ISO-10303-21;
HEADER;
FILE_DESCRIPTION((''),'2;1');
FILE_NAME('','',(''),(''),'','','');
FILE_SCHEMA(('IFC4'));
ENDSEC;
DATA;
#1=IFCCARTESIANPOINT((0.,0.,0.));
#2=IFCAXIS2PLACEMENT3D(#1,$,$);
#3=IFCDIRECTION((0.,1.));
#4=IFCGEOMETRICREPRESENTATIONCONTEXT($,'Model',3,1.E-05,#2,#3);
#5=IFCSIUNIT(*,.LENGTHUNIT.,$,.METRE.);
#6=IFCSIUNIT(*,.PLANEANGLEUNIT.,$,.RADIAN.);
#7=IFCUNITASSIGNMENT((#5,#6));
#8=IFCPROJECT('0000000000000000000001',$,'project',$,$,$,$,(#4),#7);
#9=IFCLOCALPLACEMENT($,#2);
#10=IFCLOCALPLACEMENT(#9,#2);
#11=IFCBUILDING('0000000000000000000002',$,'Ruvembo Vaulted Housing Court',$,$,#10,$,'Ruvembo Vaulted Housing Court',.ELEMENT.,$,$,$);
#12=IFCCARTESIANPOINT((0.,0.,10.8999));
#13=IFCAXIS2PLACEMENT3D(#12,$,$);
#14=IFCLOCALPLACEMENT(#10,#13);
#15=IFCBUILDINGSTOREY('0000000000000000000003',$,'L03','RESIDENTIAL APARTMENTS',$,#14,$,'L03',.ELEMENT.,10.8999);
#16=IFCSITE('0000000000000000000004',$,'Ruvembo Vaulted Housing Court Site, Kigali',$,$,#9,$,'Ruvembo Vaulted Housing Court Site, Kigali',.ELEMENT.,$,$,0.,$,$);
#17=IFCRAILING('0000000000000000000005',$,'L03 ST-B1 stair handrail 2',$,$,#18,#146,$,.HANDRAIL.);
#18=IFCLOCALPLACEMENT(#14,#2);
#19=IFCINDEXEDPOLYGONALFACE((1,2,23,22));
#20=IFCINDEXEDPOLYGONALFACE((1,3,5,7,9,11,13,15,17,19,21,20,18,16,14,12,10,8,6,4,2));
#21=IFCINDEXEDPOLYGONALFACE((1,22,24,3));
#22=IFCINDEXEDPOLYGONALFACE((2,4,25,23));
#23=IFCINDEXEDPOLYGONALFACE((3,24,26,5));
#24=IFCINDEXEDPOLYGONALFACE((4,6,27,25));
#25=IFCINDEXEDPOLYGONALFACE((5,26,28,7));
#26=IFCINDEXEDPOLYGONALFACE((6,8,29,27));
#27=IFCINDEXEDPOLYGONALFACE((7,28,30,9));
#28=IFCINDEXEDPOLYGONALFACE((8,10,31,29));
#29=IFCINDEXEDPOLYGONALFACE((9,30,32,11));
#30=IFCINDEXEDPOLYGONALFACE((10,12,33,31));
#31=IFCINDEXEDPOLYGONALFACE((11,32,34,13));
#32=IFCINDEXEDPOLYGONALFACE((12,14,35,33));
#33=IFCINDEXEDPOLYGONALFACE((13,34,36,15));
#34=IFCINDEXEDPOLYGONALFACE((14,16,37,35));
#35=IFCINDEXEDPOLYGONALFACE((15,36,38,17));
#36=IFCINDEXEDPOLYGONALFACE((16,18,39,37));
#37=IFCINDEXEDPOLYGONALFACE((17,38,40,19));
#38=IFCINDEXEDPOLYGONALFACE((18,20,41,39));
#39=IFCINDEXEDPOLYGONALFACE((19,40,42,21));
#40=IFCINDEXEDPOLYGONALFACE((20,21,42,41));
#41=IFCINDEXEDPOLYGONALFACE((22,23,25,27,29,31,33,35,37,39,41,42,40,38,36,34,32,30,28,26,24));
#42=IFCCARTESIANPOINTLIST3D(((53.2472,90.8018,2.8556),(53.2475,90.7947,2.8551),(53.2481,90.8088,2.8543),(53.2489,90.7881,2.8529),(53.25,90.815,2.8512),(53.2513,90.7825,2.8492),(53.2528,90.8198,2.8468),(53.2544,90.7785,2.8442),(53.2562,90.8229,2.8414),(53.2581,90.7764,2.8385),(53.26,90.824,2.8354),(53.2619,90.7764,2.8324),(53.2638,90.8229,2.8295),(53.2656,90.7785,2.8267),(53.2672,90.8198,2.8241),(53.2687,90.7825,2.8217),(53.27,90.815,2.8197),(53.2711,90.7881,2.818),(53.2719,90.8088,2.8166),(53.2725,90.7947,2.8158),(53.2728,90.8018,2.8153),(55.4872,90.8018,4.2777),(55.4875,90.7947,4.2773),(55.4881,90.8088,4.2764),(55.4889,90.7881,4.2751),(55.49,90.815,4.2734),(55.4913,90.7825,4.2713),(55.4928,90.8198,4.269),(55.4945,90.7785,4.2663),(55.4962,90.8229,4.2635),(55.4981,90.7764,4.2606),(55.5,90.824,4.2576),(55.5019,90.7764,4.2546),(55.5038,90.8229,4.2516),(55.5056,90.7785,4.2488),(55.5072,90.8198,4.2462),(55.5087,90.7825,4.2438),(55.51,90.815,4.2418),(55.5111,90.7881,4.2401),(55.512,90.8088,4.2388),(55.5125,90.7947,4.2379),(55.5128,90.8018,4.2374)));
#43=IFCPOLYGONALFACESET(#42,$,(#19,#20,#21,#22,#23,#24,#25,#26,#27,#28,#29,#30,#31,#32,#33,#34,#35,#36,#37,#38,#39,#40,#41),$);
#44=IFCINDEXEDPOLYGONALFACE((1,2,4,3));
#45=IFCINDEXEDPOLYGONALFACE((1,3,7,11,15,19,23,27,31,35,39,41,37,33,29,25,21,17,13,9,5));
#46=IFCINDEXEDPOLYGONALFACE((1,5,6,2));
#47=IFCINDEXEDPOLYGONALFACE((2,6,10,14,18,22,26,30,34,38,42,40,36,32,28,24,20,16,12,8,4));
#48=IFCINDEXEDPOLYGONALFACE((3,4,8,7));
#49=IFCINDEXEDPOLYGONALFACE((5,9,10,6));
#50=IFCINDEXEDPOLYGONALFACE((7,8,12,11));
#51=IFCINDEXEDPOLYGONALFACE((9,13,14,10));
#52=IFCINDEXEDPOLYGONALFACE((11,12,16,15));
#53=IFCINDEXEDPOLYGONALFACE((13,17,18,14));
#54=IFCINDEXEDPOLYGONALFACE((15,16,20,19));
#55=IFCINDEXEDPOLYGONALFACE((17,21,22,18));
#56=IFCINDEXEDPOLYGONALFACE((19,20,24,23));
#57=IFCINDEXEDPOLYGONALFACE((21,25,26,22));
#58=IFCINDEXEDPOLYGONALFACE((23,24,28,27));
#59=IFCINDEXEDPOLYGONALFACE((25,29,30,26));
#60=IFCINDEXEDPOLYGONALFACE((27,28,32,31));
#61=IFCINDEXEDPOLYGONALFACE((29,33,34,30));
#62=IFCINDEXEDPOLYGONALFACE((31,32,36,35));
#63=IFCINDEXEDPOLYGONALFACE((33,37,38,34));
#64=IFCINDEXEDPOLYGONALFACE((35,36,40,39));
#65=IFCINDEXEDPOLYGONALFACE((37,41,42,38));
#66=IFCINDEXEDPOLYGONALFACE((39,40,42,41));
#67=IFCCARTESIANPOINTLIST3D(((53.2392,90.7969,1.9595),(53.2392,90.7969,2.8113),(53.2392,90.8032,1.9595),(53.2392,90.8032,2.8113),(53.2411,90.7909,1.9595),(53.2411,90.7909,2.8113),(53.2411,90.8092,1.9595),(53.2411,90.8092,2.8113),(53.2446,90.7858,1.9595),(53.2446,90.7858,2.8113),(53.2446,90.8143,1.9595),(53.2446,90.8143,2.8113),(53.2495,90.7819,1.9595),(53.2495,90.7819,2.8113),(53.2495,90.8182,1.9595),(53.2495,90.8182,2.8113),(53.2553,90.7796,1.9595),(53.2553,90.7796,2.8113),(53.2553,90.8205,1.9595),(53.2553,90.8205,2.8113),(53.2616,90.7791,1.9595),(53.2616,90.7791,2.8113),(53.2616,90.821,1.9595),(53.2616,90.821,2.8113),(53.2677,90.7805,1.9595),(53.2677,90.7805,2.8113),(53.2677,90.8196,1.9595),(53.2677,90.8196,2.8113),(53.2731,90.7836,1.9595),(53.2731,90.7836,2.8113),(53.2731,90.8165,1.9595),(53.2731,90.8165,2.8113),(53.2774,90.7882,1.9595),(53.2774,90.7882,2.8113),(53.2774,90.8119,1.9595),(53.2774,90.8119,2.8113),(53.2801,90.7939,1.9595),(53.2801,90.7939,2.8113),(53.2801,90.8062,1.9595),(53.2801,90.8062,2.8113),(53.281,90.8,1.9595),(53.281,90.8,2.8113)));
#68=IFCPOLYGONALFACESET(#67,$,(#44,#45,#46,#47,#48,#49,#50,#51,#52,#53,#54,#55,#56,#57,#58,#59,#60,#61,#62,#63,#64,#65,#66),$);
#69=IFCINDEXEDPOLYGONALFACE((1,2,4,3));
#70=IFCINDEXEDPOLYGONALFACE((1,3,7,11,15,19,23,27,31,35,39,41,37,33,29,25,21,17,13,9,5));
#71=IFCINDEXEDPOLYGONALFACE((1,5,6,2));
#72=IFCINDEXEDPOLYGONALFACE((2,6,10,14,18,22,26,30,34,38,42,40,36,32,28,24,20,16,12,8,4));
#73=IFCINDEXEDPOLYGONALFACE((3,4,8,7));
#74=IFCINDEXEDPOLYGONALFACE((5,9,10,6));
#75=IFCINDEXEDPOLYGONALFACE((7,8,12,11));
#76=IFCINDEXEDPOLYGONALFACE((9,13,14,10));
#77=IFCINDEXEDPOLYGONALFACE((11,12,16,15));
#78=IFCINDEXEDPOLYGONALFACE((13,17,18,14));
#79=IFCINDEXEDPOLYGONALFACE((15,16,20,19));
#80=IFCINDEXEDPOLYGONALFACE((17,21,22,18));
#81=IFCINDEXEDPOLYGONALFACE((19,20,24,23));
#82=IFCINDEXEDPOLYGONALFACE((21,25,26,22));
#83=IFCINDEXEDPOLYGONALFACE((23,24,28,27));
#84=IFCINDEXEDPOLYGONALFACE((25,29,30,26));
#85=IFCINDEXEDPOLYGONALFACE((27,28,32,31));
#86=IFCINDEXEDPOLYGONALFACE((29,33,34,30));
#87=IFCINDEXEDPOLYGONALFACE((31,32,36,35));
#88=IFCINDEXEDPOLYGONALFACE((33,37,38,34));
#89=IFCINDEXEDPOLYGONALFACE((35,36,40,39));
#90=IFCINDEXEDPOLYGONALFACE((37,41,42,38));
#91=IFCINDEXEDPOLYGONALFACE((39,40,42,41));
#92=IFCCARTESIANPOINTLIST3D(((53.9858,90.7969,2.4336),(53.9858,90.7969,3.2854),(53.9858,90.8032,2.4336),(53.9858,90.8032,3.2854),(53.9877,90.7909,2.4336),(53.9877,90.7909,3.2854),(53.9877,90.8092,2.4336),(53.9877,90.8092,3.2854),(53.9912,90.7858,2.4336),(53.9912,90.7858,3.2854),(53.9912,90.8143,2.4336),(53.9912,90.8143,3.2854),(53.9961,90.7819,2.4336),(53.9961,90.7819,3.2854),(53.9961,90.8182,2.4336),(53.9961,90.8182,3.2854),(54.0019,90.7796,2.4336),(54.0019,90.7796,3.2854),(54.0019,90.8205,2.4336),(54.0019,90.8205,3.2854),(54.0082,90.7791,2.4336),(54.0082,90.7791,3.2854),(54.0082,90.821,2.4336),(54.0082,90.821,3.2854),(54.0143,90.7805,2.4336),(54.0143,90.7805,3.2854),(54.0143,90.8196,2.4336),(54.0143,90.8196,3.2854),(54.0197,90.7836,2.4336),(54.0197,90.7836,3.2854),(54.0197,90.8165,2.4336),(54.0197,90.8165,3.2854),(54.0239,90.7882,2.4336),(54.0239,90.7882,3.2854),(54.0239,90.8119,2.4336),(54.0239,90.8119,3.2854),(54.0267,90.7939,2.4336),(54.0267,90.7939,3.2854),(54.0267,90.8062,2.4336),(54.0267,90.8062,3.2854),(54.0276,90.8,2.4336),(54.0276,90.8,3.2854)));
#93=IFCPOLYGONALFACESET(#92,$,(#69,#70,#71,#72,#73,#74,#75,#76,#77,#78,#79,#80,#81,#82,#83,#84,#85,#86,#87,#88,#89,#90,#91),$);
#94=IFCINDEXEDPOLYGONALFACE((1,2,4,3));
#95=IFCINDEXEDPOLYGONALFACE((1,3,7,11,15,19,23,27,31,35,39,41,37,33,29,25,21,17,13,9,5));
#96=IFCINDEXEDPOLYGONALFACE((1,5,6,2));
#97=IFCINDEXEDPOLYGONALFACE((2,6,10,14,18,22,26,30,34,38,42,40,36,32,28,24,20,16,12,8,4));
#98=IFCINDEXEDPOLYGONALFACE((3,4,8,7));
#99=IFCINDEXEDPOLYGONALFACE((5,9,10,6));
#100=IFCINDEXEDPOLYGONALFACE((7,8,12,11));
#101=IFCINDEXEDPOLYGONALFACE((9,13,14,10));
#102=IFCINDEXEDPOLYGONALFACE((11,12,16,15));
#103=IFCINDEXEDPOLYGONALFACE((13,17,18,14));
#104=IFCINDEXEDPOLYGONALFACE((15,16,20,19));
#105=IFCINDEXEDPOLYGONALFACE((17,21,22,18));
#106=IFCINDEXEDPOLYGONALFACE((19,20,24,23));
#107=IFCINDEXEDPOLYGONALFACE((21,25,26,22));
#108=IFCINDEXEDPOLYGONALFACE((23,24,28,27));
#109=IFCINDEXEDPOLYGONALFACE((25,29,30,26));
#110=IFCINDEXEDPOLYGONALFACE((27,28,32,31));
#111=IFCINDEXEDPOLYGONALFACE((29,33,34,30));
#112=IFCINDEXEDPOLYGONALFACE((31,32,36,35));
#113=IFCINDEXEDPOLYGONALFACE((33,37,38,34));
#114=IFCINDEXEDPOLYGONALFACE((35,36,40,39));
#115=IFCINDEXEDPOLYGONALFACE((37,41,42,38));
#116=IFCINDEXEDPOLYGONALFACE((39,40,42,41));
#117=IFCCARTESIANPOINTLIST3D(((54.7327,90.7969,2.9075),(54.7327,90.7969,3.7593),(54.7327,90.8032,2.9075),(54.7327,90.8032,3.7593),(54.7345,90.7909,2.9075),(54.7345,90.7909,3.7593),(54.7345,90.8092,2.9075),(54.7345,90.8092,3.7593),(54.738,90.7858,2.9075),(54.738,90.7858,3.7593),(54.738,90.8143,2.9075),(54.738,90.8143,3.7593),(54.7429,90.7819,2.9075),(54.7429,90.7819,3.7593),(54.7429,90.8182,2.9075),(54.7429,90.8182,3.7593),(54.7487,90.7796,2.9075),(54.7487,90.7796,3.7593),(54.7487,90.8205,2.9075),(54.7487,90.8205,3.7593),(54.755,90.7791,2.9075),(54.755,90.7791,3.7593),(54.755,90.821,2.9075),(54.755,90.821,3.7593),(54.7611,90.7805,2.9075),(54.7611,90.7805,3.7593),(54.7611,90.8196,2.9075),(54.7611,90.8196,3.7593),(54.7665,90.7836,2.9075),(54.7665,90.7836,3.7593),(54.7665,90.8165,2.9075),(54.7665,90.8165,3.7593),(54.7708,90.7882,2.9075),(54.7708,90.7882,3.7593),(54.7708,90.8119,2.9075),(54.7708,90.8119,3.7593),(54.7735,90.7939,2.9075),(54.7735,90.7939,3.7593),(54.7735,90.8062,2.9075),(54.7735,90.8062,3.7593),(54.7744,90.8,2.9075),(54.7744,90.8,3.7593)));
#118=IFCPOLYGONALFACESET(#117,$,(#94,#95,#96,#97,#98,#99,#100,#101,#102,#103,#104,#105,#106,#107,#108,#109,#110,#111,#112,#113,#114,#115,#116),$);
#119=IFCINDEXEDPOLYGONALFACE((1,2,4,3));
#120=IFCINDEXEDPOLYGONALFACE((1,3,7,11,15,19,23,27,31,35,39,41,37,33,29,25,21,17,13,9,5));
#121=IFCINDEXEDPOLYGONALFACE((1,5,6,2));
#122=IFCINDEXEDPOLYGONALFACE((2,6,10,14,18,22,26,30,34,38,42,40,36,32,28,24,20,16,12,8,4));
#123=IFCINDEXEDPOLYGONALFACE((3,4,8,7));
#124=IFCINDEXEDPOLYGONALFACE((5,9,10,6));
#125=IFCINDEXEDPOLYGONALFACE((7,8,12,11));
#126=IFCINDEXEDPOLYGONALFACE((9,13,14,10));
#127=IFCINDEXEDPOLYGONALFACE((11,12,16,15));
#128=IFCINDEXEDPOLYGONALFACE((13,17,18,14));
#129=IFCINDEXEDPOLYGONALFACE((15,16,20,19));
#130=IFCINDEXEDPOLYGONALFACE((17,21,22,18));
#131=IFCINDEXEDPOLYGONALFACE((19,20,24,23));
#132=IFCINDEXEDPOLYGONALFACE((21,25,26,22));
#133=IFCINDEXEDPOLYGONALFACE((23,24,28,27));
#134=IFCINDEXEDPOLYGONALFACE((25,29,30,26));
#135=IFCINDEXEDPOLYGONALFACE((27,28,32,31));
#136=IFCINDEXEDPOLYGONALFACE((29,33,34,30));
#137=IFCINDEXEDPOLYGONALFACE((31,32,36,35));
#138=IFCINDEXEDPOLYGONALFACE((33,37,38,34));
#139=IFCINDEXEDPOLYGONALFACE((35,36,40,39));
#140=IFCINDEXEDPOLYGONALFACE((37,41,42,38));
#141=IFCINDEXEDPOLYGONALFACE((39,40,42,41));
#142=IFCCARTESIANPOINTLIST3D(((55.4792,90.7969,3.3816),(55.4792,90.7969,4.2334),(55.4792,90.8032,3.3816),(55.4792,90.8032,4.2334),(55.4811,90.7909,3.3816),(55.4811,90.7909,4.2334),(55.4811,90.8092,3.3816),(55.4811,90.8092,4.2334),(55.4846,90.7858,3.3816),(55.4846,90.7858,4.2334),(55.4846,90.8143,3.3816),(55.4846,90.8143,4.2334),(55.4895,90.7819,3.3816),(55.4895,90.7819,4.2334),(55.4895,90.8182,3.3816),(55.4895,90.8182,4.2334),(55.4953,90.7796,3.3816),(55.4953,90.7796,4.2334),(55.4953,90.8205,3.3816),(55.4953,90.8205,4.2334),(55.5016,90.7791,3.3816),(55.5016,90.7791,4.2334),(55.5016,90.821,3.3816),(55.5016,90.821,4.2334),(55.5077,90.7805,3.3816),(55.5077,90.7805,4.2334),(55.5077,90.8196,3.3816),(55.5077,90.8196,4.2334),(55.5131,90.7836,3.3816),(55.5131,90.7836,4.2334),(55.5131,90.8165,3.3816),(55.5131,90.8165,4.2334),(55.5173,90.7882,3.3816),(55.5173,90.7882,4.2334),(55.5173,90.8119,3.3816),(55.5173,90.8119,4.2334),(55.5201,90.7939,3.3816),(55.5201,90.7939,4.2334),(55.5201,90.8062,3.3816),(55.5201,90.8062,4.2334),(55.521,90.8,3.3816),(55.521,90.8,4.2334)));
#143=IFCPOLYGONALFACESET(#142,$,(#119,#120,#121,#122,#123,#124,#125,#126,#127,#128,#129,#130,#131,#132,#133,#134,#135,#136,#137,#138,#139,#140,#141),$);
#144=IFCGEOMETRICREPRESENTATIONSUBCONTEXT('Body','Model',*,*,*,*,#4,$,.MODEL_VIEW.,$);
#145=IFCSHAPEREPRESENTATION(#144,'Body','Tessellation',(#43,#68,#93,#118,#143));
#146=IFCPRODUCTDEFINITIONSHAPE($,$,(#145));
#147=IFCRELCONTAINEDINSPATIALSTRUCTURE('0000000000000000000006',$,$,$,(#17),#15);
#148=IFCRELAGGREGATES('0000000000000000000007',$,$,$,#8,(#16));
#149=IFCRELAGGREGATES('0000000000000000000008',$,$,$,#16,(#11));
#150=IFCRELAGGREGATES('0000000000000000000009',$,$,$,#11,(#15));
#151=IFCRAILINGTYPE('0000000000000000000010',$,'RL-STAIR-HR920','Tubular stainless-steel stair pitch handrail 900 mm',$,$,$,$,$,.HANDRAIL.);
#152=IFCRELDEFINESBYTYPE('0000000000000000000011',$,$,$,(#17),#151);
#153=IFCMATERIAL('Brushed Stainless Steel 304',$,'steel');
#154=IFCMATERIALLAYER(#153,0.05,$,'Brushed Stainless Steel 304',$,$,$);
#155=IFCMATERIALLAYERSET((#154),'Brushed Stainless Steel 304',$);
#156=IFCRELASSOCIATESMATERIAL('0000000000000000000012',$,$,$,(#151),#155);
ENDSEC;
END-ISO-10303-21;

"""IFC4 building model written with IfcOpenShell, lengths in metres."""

from ifc_helpers import new_model, si_unit, direction, frame, origin, origin_2d, place, context, subcontext, project, spatial, circle, extrude, material, layer, layer_set, type_object, element, save


model = new_model("IFC4")

# Units and contexts
model_context = context("Model", 3, precision=1e-05, world=origin(), true_north=direction((0.0, 1.0)))
body_context = subcontext(model_context, "Body", "Model", "MODEL_VIEW")
ifc_project = project(units=[si_unit("LENGTHUNIT", "METRE"), si_unit("PLANEANGLEUNIT", "RADIAN")], contexts=[model_context])

# Site, building, storey
site_placement = place(None, origin())
site = spatial("IfcSite", under=ifc_project, at=site_placement, Name="Ruvembo Vaulted Housing Court Site, Kigali", LongName="Ruvembo Vaulted Housing Court Site, Kigali", CompositionType="ELEMENT", RefElevation=0.0)
building_placement = place(site_placement, origin())
building = spatial("IfcBuilding", under=site, at=building_placement, Name="Ruvembo Vaulted Housing Court", LongName="Ruvembo Vaulted Housing Court", CompositionType="ELEMENT")
storey_placement = place(building_placement, frame((0.0, 0.0, 10.8999)))
storey = spatial("IfcBuildingStorey", under=building, at=storey_placement, Name="L03", Description="RESIDENTIAL APARTMENTS", LongName="L03", CompositionType="ELEMENT", Elevation=10.8999)

# Railing
ifc_material_1 = material(Name="Brushed Stainless Steel 304", Category="steel")
ifc_layer_1 = layer(ifc_material_1, 0.05, Name="Brushed Stainless Steel 304")
ifc_layer_set_1 = layer_set([ifc_layer_1], Name="Brushed Stainless Steel 304")
railing_type_1 = type_object("IfcRailingType", Name="RL-STAIR-HR920", Description="Tubular stainless-steel stair pitch handrail 900 mm", PredefinedType="HANDRAIL", material=ifc_layer_set_1)
railing_1_placement = place(storey_placement, frame((53.26, 90.8, 1.9595)))
element("IfcRailing", 1, at=railing_1_placement, inside=storey, type_object=railing_type_1, Name="L03 ST-B1 stair handrail 2", PredefinedType="HANDRAIL", context=body_context, shape_type="SweptSolid", body=[
    extrude(circle(Radius=0.0239, at=origin_2d()), frame((0.0, 0.0, 0.876), z_axis=(0.844229, 0.0, 0.535982), x_axis=(0.0, 1.0, 0.0)), (0.0, 0.0, 1.0), 2.6533),
    extrude(circle(Radius=0.021, at=origin_2d()), origin(), (0.0, 0.0, 1.0), 0.8518),
    extrude(circle(Radius=0.021, at=origin_2d()), frame((0.7466, 0.0, 0.4741)), (0.0, 0.0, 1.0), 0.8518),
    extrude(circle(Radius=0.021, at=origin_2d()), frame((1.4934, 0.0, 0.948)), (0.0, 0.0, 1.0), 0.8518),
    extrude(circle(Radius=0.021, at=origin_2d()), frame((2.24, 0.0, 1.4221)), (0.0, 0.0, 1.0), 0.8518),
])

save(model, "model.ifc")
